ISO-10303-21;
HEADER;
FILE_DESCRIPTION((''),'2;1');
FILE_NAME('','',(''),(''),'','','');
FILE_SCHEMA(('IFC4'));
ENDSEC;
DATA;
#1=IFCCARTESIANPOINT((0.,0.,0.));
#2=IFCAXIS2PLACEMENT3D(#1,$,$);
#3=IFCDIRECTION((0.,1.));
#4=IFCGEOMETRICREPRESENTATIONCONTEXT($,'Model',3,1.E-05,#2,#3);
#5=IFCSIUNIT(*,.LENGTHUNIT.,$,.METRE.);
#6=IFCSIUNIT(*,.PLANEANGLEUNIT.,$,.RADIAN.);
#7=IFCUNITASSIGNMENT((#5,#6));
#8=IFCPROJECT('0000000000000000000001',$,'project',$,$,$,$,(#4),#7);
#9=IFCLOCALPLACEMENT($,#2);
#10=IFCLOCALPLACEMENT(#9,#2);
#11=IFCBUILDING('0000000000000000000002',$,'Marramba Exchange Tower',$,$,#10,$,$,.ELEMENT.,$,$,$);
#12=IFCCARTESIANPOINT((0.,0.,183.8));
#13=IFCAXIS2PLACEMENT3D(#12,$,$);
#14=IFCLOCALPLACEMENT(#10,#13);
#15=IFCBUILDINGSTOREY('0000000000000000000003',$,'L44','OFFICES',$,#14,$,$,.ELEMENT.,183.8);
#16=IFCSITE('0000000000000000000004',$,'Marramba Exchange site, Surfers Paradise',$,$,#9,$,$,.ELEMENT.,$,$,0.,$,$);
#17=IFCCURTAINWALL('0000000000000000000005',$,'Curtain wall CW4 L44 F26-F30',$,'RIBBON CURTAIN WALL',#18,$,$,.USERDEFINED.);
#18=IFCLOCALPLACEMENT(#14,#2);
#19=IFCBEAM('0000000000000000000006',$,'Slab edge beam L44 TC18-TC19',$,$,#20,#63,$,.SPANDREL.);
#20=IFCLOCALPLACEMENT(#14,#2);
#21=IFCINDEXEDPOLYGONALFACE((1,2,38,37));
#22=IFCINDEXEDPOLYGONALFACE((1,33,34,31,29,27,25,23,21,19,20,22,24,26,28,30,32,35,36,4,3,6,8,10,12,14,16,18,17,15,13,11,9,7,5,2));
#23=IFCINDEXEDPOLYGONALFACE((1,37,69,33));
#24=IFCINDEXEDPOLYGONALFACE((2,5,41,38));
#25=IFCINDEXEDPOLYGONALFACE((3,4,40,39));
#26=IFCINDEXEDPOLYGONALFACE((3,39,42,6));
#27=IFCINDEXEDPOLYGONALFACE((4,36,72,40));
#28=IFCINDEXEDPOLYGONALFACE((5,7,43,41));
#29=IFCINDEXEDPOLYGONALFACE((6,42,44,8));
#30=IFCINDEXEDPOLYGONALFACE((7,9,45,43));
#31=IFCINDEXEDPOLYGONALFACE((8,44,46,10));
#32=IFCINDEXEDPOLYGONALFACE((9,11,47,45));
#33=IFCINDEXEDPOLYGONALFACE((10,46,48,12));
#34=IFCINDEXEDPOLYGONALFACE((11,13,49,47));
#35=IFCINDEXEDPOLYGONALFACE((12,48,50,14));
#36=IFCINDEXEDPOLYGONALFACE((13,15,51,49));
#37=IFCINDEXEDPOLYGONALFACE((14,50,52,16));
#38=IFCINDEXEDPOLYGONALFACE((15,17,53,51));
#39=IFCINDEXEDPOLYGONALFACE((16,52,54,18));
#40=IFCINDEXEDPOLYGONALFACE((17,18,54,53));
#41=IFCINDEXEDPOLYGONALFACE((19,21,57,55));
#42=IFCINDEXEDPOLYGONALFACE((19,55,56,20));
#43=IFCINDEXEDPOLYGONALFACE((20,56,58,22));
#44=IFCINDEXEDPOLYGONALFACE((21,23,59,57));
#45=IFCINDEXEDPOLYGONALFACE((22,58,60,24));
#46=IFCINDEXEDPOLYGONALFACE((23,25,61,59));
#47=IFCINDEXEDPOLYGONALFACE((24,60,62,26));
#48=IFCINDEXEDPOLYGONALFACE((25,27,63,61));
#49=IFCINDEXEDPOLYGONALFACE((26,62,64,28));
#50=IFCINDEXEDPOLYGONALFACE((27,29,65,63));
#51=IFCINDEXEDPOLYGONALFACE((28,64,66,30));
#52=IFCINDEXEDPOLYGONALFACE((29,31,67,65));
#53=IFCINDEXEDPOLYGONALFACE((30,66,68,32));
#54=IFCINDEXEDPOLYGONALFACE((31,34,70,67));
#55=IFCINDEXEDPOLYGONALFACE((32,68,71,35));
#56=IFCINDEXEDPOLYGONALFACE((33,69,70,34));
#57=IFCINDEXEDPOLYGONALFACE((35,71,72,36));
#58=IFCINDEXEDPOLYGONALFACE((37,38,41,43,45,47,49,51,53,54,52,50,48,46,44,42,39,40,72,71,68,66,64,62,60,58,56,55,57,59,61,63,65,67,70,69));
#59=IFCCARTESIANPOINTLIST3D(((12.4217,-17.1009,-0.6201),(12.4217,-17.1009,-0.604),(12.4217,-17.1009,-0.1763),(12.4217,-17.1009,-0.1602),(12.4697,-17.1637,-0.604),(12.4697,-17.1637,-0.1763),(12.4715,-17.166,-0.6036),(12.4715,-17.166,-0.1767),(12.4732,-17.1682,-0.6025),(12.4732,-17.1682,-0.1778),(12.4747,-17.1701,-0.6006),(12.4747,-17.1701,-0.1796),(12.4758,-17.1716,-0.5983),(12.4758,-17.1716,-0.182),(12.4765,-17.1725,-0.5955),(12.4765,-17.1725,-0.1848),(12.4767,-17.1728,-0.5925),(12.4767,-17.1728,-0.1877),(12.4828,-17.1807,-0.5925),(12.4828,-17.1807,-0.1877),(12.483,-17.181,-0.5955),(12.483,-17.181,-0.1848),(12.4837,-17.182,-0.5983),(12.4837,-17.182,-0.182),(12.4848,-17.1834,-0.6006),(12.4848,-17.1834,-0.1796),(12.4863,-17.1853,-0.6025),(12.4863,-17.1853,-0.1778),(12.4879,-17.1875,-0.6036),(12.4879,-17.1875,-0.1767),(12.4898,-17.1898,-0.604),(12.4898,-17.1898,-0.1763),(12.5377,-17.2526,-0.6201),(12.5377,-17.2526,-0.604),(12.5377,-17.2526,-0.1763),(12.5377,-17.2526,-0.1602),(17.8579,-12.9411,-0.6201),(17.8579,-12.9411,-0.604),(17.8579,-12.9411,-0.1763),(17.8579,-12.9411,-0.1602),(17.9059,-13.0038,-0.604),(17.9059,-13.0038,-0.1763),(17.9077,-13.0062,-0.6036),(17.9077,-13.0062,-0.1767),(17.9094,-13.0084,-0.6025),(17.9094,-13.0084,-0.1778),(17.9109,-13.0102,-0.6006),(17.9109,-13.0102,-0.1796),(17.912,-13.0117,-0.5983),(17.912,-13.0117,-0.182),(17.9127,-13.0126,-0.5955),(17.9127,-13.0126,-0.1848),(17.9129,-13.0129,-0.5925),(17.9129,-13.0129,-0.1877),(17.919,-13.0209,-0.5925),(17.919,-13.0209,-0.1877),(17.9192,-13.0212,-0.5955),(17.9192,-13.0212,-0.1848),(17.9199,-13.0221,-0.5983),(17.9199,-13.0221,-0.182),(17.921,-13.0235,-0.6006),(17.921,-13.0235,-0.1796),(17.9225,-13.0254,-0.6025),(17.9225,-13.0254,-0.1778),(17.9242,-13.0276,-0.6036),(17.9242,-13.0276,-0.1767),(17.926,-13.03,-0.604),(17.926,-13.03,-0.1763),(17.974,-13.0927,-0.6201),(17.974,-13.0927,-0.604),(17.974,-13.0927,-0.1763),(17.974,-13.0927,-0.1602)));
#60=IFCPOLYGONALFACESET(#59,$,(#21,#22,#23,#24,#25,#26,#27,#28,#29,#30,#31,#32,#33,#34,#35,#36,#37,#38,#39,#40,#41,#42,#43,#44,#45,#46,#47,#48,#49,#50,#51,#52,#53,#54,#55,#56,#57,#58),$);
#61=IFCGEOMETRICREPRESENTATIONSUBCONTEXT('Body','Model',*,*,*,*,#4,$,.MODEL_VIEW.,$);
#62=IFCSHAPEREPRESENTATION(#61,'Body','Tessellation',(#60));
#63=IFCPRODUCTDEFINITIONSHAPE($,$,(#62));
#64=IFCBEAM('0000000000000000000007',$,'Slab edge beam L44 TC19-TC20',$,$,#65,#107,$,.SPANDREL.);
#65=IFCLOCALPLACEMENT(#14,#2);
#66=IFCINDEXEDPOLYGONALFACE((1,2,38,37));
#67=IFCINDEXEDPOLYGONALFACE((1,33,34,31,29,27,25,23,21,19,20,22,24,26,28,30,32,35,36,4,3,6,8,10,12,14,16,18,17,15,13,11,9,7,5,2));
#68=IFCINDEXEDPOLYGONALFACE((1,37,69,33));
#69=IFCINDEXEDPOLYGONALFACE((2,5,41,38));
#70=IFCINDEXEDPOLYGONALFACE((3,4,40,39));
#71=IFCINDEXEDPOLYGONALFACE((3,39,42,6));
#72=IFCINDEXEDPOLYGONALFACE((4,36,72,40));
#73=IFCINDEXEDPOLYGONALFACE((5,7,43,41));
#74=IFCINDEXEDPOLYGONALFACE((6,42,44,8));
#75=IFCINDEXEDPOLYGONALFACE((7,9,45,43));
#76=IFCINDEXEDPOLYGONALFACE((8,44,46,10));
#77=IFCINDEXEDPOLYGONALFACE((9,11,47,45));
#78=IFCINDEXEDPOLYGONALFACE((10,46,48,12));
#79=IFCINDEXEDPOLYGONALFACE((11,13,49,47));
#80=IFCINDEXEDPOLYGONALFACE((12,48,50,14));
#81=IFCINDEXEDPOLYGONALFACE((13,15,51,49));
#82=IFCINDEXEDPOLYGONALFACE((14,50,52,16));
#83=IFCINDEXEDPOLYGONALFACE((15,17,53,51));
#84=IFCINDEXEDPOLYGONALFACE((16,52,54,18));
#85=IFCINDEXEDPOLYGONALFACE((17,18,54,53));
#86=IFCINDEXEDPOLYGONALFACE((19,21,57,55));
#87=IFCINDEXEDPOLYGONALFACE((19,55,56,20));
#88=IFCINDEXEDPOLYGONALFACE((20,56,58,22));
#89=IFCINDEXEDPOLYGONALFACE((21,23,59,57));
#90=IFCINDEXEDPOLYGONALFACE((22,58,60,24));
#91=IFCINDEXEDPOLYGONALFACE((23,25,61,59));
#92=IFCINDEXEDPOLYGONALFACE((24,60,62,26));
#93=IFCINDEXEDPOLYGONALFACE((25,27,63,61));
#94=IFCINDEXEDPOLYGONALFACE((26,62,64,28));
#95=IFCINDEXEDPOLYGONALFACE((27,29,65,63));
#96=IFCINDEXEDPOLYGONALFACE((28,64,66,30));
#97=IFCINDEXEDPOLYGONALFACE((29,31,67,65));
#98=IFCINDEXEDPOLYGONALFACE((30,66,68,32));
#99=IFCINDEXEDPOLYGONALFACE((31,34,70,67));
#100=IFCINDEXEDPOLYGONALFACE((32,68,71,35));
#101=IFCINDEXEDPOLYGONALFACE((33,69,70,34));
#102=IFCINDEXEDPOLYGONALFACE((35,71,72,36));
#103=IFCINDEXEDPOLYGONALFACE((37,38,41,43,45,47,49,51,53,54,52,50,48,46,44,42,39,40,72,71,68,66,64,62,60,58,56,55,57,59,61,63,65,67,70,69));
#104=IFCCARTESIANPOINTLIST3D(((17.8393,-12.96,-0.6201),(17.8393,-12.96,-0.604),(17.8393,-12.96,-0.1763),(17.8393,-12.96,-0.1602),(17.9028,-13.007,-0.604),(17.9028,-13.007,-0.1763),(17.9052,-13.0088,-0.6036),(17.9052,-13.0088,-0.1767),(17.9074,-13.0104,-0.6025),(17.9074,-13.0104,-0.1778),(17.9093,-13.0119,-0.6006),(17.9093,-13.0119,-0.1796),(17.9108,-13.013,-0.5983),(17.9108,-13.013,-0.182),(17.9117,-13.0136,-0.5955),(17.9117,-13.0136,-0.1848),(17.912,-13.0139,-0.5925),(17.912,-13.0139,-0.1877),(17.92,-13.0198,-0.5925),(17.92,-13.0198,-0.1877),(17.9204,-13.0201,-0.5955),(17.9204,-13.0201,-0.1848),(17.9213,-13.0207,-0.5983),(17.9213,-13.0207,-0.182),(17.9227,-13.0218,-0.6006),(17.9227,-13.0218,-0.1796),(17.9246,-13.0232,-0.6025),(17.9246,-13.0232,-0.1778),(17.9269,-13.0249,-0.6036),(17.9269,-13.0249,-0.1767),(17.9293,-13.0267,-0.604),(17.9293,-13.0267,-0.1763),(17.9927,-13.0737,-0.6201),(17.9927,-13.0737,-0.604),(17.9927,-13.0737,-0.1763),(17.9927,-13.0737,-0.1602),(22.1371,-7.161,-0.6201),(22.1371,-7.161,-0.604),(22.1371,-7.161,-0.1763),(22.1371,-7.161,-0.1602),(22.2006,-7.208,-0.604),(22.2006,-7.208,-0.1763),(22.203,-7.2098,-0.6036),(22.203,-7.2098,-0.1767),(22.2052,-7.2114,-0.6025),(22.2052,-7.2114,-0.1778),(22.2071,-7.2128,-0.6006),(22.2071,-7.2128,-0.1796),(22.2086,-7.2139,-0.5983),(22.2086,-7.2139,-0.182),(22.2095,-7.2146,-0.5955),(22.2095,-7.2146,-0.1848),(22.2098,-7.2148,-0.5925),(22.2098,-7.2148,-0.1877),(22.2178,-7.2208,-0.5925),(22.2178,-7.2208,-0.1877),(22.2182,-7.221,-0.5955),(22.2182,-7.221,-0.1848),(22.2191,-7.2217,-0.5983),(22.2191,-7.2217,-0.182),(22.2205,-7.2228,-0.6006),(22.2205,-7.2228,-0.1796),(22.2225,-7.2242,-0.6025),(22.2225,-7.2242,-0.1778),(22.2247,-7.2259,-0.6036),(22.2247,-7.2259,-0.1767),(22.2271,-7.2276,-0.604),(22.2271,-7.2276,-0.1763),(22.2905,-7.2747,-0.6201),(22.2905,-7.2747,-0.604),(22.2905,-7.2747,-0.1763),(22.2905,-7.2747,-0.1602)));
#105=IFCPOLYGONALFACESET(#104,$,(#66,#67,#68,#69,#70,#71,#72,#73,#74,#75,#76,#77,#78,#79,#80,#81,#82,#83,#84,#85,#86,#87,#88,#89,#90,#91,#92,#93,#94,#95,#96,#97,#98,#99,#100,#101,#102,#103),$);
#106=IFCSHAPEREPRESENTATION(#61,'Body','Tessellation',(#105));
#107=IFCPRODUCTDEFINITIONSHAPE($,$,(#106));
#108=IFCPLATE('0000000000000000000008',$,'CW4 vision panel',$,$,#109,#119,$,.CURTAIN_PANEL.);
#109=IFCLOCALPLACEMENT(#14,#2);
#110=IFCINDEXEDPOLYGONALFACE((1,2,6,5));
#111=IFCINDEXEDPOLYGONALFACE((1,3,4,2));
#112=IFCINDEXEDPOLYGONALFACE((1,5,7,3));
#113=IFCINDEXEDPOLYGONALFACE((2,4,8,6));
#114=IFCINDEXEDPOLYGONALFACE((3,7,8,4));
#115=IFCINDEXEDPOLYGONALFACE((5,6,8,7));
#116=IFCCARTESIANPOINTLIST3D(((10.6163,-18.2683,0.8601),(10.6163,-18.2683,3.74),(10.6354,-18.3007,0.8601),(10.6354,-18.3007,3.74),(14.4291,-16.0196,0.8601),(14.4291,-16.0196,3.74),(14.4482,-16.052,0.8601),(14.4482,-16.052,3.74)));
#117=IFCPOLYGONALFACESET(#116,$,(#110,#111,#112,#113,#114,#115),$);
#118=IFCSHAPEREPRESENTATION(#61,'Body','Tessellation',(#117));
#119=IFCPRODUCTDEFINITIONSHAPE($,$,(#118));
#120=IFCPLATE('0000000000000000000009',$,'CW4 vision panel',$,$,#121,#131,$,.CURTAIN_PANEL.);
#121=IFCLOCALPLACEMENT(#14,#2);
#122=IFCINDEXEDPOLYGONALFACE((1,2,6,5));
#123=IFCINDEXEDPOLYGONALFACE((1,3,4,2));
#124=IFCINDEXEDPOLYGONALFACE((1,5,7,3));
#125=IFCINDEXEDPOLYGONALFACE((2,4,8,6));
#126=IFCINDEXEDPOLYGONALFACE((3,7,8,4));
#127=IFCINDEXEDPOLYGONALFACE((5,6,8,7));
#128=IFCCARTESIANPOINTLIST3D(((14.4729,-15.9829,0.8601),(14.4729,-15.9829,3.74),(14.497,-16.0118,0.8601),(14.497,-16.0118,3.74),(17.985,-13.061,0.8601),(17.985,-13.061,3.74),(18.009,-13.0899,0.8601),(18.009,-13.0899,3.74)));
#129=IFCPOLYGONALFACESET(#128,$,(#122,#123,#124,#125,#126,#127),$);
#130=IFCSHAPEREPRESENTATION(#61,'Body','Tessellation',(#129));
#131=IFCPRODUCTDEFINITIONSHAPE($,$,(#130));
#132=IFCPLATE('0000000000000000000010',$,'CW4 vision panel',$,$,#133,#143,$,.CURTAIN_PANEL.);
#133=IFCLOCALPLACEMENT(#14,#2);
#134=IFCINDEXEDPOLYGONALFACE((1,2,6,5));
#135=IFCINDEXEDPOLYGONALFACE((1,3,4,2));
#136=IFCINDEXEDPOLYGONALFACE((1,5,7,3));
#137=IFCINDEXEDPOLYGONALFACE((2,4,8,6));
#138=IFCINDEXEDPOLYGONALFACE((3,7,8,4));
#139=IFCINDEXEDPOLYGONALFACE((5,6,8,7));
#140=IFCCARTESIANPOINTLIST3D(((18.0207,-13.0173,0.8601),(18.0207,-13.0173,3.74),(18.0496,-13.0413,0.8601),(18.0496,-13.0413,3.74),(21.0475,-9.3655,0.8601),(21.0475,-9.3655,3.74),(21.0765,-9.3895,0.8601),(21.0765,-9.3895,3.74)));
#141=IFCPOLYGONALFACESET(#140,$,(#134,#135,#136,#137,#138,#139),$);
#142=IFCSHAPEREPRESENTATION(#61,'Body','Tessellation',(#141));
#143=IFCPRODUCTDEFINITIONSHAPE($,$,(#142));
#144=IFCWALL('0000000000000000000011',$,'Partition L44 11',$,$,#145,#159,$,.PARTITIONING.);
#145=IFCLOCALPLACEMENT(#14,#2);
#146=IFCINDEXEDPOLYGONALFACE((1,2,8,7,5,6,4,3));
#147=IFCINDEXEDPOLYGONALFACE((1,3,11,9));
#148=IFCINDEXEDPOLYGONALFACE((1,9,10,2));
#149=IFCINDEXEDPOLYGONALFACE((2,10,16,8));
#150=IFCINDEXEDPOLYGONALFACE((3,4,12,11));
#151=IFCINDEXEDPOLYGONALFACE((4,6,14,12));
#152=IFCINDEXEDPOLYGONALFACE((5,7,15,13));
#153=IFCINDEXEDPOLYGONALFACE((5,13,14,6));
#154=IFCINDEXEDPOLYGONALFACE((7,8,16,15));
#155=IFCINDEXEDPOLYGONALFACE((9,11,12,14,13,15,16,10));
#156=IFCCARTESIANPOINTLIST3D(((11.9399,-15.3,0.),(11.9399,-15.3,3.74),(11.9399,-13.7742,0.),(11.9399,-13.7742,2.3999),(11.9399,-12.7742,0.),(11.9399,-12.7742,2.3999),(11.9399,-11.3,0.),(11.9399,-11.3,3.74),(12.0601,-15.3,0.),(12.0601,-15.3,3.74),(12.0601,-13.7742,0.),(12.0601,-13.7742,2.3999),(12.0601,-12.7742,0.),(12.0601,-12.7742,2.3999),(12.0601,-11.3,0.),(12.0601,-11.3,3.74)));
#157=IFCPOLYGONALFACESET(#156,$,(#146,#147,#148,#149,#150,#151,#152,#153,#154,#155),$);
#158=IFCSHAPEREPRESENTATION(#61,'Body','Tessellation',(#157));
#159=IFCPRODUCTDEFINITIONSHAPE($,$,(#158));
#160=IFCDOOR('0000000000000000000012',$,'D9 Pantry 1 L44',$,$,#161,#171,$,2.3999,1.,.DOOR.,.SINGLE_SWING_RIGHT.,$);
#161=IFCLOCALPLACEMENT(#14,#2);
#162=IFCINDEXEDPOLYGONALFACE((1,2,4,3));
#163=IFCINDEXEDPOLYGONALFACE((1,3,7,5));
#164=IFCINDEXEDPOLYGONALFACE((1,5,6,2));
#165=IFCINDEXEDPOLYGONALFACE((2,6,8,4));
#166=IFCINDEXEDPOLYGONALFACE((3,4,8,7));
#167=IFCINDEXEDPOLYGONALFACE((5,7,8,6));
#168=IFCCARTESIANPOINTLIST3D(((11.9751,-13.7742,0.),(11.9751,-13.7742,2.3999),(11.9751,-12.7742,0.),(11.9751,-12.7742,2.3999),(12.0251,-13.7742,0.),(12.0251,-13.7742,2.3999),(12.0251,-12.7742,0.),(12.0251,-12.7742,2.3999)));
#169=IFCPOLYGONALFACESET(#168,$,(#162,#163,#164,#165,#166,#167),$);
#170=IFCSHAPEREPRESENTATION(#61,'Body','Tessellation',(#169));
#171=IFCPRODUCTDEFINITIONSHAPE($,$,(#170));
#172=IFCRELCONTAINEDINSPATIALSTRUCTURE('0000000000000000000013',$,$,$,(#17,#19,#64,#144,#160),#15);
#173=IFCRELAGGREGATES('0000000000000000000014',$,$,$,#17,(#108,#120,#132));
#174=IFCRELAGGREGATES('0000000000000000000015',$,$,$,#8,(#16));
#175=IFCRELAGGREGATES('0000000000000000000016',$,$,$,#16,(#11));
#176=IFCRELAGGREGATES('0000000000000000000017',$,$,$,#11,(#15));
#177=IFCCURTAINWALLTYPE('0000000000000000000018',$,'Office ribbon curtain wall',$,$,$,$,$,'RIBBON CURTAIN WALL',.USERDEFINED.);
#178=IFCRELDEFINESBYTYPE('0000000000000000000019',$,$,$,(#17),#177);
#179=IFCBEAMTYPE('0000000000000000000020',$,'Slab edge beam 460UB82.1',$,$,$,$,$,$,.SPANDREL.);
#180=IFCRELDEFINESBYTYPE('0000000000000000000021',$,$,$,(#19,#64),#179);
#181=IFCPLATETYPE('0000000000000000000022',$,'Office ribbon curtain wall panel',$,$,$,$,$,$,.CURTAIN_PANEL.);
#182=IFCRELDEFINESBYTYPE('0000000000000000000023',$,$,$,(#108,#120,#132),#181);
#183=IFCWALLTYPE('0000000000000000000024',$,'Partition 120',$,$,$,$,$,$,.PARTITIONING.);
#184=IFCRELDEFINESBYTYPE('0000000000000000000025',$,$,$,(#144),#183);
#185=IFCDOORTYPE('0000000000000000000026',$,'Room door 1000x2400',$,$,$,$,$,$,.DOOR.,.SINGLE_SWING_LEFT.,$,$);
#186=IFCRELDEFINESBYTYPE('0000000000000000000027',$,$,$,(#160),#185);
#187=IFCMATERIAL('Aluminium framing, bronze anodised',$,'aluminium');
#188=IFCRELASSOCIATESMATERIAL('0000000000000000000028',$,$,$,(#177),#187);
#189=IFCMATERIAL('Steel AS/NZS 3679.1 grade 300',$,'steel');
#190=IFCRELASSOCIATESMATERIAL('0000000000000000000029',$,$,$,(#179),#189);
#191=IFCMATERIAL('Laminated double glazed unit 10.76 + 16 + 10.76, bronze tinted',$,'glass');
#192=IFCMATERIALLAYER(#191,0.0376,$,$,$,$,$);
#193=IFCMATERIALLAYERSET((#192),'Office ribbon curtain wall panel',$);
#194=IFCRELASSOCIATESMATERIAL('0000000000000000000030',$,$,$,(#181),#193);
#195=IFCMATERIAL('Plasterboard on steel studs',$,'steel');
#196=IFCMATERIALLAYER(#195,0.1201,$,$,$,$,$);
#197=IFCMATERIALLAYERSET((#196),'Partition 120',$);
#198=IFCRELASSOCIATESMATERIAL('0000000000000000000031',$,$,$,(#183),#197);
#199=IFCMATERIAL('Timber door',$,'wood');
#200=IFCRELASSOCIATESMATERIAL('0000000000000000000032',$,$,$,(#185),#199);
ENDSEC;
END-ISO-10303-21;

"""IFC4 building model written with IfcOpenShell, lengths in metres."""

from ifc_helpers import new_model, si_unit, direction, frame, frame_2d, origin, origin_2d, place, context, subcontext, project, spatial, rectangle, i_section, extrude, material, layer, layer_set, material_profile, profile_set, type_object, element, fill, aggregate, save


model = new_model("IFC4")

# Units and contexts
model_context = context("Model", 3, precision=1e-05, world=origin(), true_north=direction((0.0, 1.0)))
body_context = subcontext(model_context, "Body", "Model", "MODEL_VIEW")
ifc_project = project(units=[si_unit("LENGTHUNIT", "METRE"), si_unit("PLANEANGLEUNIT", "RADIAN")], contexts=[model_context])

# Site, building, storey
site_placement = place(None, origin())
site = spatial("IfcSite", under=ifc_project, at=site_placement, Name="Marramba Exchange site, Surfers Paradise", CompositionType="ELEMENT", RefElevation=0.0)
building_placement = place(site_placement, origin())
building = spatial("IfcBuilding", under=site, at=building_placement, Name="Marramba Exchange Tower", CompositionType="ELEMENT")
storey_placement = place(building_placement, frame((0.0, 0.0, 183.8)))
storey = spatial("IfcBuildingStorey", under=building, at=storey_placement, Name="L44", Description="OFFICES", CompositionType="ELEMENT", Elevation=183.8)

# Curtain wall
ifc_material_1 = material(Name="Aluminium framing, bronze anodised", Category="aluminium")
curtain_wall_type = type_object("IfcCurtainWallType", Name="Office ribbon curtain wall", ElementType="RIBBON CURTAIN WALL", PredefinedType="USERDEFINED", material=ifc_material_1)
curtain_wall_placement = place(storey_placement, origin())
curtain_wall = element("IfcCurtainWall", 1, at=curtain_wall_placement, inside=storey, type_object=curtain_wall_type, Name="Curtain wall CW4 L44 F26-F30", ObjectType="RIBBON CURTAIN WALL", PredefinedType="USERDEFINED")

# Beams
ifc_material_2 = material(Name="Steel AS/NZS 3679.1 grade 300", Category="steel")
ifc_material_profile_1 = material_profile(ifc_material_2, i_section(OverallWidth=0.1909, OverallDepth=0.46, WebThickness=0.01, FlangeThickness=0.0161, FilletRadius=0.0115, at=origin_2d()), Name="460UB82.1")
ifc_profile_set_1 = profile_set([ifc_material_profile_1], Name="Steel AS/NZS 3679.1 grade 300")
beam_type_1 = type_object("IfcBeamType", Name="Slab edge beam 460UB82.1", PredefinedType="SPANDREL", material=ifc_profile_set_1)
beam_1_placement = place(storey_placement, frame((12.4797, -17.1768, -0.3901), z_axis=(0.794163, 0.607704, 0.0), x_axis=(-0.607704, 0.794163, 0.0)))
element("IfcBeam", 2, at=beam_1_placement, inside=storey, type_object=beam_type_1, Name="Slab edge beam L44 TC18-TC19", PredefinedType="SPANDREL", context=body_context, shape_type="SweptSolid", body=[
    extrude(i_section(OverallWidth=0.1909, OverallDepth=0.46, WebThickness=0.01, FlangeThickness=0.0161, FilletRadius=0.0115, at=origin_2d()), origin(), (0.0, 0.0, 1.0), 6.8452),
])
beam_2_placement = place(storey_placement, frame((17.916, -13.0168, -0.3901), z_axis=(0.595428, 0.803409, 0.0), x_axis=(-0.803409, 0.595428, 0.0)))
element("IfcBeam", 3, at=beam_2_placement, inside=storey, type_object=beam_type_1, Name="Slab edge beam L44 TC19-TC20", PredefinedType="SPANDREL", context=body_context, shape_type="SweptSolid", body=[
    extrude(i_section(OverallWidth=0.1909, OverallDepth=0.46, WebThickness=0.01, FlangeThickness=0.0161, FilletRadius=0.0115, at=origin_2d()), origin(), (0.0, 0.0, 1.0), 7.218),
])

# Plates
ifc_material_3 = material(Name="Laminated double glazed unit 10.76 + 16 + 10.76, bronze tinted", Category="glass")
ifc_layer_1 = layer(ifc_material_3, 0.0376)
ifc_layer_set_1 = layer_set([ifc_layer_1], Name="Office ribbon curtain wall panel")
plate_type = type_object("IfcPlateType", Name="Office ribbon curtain wall panel", PredefinedType="CURTAIN_PANEL", material=ifc_layer_set_1)
plate_1_placement = place(storey_placement, frame((12.5322, -17.1602, 0.8601), z_axis=(0.0, 0.0, 1.0), x_axis=(0.861351, 0.508011, 0.0)))
plate_1 = element("IfcPlate", 4, at=plate_1_placement, type_object=plate_type, Name="CW4 vision panel", PredefinedType="CURTAIN_PANEL", context=body_context, shape_type="SweptSolid", body=[
    extrude(rectangle(XDim=4.4265, YDim=0.0376, at=origin_2d()), origin(), (0.0, 0.0, 1.0), 2.8799),
])
plate_2_placement = place(storey_placement, frame((16.241, -14.5364, 0.8601), z_axis=(0.0, 0.0, 1.0), x_axis=(0.768737, 0.639565, 0.0)))
plate_2 = element("IfcPlate", 5, at=plate_2_placement, type_object=plate_type, Name="CW4 vision panel", PredefinedType="CURTAIN_PANEL", context=body_context, shape_type="SweptSolid", body=[
    extrude(rectangle(XDim=4.5686, YDim=0.0376, at=origin_2d()), origin(), (0.0, 0.0, 1.0), 2.8799),
])
plate_3_placement = place(storey_placement, frame((19.5486, -11.2034, 0.8601), z_axis=(0.0, 0.0, 1.0), x_axis=(0.63815, 0.769912, 0.0)))
plate_3 = element("IfcPlate", 6, at=plate_3_placement, type_object=plate_type, Name="CW4 vision panel", PredefinedType="CURTAIN_PANEL", context=body_context, shape_type="SweptSolid", body=[
    extrude(rectangle(XDim=4.7432, YDim=0.0376, at=origin_2d()), origin(), (0.0, 0.0, 1.0), 2.8799),
])
aggregate(curtain_wall, [plate_1, plate_2, plate_3])

# Wall, opening, door
ifc_material_4 = material(Name="Plasterboard on steel studs", Category="steel")
ifc_layer_2 = layer(ifc_material_4, 0.1201)
ifc_layer_set_2 = layer_set([ifc_layer_2], Name="Partition 120")
wall_type_1 = type_object("IfcWallType", Name="Partition 120", PredefinedType="PARTITIONING", material=ifc_layer_set_2)
wall_1_placement = place(storey_placement, frame((12.0, -15.3, 0.0), z_axis=(0.0, 0.0, 1.0), x_axis=(0.0, 1.0, 0.0)))
wall_1 = element("IfcWall", 7, at=wall_1_placement, inside=storey, type_object=wall_type_1, Name="Partition L44 11", PredefinedType="PARTITIONING", context=body_context, shape_type="SweptSolid", body=[
    extrude(rectangle(XDim=4.0, YDim=0.1201, at=frame_2d((2.0, 0.0))), origin(), (0.0, 0.0, 1.0), 3.74),
])
opening_1_placement = place(wall_1_placement, frame((1.5259, 0.0, 0.0)))
opening_1 = element("IfcOpeningElement", 8, at=opening_1_placement, cuts=wall_1, PredefinedType="OPENING", context=body_context, shape_type="SweptSolid", body=[
    extrude(rectangle(XDim=1.0, YDim=2.3999, at=frame_2d((0.5, 1.2))), frame((0.0, 0.0701, 0.0), z_axis=(0.0, -1.0, 0.0), x_axis=(1.0, 0.0, 0.0)), (0.0, 0.0, 1.0), 0.1401),
])
ifc_material_5 = material(Name="Timber door", Category="wood")
door_type_1 = type_object("IfcDoorType", Name="Room door 1000x2400", OperationType="SINGLE_SWING_LEFT", PredefinedType="DOOR", material=ifc_material_5)
door_1_placement = place(opening_1_placement, origin())
door_1 = element("IfcDoor", 9, at=door_1_placement, inside=storey, type_object=door_type_1, Name="D9 Pantry 1 L44", OperationType="SINGLE_SWING_RIGHT", OverallHeight=2.3999, OverallWidth=1.0, PredefinedType="DOOR", context=body_context, shape_type="SweptSolid", body=[
    extrude(rectangle(XDim=1.0, YDim=2.3999, at=frame_2d((0.5, 1.2))), frame((0.0, 0.0249, 0.0), z_axis=(0.0, -1.0, 0.0), x_axis=(1.0, 0.0, 0.0)), (0.0, 0.0, 1.0), 0.05),
])
fill(opening_1, door_1)

save(model, "model.ifc")
